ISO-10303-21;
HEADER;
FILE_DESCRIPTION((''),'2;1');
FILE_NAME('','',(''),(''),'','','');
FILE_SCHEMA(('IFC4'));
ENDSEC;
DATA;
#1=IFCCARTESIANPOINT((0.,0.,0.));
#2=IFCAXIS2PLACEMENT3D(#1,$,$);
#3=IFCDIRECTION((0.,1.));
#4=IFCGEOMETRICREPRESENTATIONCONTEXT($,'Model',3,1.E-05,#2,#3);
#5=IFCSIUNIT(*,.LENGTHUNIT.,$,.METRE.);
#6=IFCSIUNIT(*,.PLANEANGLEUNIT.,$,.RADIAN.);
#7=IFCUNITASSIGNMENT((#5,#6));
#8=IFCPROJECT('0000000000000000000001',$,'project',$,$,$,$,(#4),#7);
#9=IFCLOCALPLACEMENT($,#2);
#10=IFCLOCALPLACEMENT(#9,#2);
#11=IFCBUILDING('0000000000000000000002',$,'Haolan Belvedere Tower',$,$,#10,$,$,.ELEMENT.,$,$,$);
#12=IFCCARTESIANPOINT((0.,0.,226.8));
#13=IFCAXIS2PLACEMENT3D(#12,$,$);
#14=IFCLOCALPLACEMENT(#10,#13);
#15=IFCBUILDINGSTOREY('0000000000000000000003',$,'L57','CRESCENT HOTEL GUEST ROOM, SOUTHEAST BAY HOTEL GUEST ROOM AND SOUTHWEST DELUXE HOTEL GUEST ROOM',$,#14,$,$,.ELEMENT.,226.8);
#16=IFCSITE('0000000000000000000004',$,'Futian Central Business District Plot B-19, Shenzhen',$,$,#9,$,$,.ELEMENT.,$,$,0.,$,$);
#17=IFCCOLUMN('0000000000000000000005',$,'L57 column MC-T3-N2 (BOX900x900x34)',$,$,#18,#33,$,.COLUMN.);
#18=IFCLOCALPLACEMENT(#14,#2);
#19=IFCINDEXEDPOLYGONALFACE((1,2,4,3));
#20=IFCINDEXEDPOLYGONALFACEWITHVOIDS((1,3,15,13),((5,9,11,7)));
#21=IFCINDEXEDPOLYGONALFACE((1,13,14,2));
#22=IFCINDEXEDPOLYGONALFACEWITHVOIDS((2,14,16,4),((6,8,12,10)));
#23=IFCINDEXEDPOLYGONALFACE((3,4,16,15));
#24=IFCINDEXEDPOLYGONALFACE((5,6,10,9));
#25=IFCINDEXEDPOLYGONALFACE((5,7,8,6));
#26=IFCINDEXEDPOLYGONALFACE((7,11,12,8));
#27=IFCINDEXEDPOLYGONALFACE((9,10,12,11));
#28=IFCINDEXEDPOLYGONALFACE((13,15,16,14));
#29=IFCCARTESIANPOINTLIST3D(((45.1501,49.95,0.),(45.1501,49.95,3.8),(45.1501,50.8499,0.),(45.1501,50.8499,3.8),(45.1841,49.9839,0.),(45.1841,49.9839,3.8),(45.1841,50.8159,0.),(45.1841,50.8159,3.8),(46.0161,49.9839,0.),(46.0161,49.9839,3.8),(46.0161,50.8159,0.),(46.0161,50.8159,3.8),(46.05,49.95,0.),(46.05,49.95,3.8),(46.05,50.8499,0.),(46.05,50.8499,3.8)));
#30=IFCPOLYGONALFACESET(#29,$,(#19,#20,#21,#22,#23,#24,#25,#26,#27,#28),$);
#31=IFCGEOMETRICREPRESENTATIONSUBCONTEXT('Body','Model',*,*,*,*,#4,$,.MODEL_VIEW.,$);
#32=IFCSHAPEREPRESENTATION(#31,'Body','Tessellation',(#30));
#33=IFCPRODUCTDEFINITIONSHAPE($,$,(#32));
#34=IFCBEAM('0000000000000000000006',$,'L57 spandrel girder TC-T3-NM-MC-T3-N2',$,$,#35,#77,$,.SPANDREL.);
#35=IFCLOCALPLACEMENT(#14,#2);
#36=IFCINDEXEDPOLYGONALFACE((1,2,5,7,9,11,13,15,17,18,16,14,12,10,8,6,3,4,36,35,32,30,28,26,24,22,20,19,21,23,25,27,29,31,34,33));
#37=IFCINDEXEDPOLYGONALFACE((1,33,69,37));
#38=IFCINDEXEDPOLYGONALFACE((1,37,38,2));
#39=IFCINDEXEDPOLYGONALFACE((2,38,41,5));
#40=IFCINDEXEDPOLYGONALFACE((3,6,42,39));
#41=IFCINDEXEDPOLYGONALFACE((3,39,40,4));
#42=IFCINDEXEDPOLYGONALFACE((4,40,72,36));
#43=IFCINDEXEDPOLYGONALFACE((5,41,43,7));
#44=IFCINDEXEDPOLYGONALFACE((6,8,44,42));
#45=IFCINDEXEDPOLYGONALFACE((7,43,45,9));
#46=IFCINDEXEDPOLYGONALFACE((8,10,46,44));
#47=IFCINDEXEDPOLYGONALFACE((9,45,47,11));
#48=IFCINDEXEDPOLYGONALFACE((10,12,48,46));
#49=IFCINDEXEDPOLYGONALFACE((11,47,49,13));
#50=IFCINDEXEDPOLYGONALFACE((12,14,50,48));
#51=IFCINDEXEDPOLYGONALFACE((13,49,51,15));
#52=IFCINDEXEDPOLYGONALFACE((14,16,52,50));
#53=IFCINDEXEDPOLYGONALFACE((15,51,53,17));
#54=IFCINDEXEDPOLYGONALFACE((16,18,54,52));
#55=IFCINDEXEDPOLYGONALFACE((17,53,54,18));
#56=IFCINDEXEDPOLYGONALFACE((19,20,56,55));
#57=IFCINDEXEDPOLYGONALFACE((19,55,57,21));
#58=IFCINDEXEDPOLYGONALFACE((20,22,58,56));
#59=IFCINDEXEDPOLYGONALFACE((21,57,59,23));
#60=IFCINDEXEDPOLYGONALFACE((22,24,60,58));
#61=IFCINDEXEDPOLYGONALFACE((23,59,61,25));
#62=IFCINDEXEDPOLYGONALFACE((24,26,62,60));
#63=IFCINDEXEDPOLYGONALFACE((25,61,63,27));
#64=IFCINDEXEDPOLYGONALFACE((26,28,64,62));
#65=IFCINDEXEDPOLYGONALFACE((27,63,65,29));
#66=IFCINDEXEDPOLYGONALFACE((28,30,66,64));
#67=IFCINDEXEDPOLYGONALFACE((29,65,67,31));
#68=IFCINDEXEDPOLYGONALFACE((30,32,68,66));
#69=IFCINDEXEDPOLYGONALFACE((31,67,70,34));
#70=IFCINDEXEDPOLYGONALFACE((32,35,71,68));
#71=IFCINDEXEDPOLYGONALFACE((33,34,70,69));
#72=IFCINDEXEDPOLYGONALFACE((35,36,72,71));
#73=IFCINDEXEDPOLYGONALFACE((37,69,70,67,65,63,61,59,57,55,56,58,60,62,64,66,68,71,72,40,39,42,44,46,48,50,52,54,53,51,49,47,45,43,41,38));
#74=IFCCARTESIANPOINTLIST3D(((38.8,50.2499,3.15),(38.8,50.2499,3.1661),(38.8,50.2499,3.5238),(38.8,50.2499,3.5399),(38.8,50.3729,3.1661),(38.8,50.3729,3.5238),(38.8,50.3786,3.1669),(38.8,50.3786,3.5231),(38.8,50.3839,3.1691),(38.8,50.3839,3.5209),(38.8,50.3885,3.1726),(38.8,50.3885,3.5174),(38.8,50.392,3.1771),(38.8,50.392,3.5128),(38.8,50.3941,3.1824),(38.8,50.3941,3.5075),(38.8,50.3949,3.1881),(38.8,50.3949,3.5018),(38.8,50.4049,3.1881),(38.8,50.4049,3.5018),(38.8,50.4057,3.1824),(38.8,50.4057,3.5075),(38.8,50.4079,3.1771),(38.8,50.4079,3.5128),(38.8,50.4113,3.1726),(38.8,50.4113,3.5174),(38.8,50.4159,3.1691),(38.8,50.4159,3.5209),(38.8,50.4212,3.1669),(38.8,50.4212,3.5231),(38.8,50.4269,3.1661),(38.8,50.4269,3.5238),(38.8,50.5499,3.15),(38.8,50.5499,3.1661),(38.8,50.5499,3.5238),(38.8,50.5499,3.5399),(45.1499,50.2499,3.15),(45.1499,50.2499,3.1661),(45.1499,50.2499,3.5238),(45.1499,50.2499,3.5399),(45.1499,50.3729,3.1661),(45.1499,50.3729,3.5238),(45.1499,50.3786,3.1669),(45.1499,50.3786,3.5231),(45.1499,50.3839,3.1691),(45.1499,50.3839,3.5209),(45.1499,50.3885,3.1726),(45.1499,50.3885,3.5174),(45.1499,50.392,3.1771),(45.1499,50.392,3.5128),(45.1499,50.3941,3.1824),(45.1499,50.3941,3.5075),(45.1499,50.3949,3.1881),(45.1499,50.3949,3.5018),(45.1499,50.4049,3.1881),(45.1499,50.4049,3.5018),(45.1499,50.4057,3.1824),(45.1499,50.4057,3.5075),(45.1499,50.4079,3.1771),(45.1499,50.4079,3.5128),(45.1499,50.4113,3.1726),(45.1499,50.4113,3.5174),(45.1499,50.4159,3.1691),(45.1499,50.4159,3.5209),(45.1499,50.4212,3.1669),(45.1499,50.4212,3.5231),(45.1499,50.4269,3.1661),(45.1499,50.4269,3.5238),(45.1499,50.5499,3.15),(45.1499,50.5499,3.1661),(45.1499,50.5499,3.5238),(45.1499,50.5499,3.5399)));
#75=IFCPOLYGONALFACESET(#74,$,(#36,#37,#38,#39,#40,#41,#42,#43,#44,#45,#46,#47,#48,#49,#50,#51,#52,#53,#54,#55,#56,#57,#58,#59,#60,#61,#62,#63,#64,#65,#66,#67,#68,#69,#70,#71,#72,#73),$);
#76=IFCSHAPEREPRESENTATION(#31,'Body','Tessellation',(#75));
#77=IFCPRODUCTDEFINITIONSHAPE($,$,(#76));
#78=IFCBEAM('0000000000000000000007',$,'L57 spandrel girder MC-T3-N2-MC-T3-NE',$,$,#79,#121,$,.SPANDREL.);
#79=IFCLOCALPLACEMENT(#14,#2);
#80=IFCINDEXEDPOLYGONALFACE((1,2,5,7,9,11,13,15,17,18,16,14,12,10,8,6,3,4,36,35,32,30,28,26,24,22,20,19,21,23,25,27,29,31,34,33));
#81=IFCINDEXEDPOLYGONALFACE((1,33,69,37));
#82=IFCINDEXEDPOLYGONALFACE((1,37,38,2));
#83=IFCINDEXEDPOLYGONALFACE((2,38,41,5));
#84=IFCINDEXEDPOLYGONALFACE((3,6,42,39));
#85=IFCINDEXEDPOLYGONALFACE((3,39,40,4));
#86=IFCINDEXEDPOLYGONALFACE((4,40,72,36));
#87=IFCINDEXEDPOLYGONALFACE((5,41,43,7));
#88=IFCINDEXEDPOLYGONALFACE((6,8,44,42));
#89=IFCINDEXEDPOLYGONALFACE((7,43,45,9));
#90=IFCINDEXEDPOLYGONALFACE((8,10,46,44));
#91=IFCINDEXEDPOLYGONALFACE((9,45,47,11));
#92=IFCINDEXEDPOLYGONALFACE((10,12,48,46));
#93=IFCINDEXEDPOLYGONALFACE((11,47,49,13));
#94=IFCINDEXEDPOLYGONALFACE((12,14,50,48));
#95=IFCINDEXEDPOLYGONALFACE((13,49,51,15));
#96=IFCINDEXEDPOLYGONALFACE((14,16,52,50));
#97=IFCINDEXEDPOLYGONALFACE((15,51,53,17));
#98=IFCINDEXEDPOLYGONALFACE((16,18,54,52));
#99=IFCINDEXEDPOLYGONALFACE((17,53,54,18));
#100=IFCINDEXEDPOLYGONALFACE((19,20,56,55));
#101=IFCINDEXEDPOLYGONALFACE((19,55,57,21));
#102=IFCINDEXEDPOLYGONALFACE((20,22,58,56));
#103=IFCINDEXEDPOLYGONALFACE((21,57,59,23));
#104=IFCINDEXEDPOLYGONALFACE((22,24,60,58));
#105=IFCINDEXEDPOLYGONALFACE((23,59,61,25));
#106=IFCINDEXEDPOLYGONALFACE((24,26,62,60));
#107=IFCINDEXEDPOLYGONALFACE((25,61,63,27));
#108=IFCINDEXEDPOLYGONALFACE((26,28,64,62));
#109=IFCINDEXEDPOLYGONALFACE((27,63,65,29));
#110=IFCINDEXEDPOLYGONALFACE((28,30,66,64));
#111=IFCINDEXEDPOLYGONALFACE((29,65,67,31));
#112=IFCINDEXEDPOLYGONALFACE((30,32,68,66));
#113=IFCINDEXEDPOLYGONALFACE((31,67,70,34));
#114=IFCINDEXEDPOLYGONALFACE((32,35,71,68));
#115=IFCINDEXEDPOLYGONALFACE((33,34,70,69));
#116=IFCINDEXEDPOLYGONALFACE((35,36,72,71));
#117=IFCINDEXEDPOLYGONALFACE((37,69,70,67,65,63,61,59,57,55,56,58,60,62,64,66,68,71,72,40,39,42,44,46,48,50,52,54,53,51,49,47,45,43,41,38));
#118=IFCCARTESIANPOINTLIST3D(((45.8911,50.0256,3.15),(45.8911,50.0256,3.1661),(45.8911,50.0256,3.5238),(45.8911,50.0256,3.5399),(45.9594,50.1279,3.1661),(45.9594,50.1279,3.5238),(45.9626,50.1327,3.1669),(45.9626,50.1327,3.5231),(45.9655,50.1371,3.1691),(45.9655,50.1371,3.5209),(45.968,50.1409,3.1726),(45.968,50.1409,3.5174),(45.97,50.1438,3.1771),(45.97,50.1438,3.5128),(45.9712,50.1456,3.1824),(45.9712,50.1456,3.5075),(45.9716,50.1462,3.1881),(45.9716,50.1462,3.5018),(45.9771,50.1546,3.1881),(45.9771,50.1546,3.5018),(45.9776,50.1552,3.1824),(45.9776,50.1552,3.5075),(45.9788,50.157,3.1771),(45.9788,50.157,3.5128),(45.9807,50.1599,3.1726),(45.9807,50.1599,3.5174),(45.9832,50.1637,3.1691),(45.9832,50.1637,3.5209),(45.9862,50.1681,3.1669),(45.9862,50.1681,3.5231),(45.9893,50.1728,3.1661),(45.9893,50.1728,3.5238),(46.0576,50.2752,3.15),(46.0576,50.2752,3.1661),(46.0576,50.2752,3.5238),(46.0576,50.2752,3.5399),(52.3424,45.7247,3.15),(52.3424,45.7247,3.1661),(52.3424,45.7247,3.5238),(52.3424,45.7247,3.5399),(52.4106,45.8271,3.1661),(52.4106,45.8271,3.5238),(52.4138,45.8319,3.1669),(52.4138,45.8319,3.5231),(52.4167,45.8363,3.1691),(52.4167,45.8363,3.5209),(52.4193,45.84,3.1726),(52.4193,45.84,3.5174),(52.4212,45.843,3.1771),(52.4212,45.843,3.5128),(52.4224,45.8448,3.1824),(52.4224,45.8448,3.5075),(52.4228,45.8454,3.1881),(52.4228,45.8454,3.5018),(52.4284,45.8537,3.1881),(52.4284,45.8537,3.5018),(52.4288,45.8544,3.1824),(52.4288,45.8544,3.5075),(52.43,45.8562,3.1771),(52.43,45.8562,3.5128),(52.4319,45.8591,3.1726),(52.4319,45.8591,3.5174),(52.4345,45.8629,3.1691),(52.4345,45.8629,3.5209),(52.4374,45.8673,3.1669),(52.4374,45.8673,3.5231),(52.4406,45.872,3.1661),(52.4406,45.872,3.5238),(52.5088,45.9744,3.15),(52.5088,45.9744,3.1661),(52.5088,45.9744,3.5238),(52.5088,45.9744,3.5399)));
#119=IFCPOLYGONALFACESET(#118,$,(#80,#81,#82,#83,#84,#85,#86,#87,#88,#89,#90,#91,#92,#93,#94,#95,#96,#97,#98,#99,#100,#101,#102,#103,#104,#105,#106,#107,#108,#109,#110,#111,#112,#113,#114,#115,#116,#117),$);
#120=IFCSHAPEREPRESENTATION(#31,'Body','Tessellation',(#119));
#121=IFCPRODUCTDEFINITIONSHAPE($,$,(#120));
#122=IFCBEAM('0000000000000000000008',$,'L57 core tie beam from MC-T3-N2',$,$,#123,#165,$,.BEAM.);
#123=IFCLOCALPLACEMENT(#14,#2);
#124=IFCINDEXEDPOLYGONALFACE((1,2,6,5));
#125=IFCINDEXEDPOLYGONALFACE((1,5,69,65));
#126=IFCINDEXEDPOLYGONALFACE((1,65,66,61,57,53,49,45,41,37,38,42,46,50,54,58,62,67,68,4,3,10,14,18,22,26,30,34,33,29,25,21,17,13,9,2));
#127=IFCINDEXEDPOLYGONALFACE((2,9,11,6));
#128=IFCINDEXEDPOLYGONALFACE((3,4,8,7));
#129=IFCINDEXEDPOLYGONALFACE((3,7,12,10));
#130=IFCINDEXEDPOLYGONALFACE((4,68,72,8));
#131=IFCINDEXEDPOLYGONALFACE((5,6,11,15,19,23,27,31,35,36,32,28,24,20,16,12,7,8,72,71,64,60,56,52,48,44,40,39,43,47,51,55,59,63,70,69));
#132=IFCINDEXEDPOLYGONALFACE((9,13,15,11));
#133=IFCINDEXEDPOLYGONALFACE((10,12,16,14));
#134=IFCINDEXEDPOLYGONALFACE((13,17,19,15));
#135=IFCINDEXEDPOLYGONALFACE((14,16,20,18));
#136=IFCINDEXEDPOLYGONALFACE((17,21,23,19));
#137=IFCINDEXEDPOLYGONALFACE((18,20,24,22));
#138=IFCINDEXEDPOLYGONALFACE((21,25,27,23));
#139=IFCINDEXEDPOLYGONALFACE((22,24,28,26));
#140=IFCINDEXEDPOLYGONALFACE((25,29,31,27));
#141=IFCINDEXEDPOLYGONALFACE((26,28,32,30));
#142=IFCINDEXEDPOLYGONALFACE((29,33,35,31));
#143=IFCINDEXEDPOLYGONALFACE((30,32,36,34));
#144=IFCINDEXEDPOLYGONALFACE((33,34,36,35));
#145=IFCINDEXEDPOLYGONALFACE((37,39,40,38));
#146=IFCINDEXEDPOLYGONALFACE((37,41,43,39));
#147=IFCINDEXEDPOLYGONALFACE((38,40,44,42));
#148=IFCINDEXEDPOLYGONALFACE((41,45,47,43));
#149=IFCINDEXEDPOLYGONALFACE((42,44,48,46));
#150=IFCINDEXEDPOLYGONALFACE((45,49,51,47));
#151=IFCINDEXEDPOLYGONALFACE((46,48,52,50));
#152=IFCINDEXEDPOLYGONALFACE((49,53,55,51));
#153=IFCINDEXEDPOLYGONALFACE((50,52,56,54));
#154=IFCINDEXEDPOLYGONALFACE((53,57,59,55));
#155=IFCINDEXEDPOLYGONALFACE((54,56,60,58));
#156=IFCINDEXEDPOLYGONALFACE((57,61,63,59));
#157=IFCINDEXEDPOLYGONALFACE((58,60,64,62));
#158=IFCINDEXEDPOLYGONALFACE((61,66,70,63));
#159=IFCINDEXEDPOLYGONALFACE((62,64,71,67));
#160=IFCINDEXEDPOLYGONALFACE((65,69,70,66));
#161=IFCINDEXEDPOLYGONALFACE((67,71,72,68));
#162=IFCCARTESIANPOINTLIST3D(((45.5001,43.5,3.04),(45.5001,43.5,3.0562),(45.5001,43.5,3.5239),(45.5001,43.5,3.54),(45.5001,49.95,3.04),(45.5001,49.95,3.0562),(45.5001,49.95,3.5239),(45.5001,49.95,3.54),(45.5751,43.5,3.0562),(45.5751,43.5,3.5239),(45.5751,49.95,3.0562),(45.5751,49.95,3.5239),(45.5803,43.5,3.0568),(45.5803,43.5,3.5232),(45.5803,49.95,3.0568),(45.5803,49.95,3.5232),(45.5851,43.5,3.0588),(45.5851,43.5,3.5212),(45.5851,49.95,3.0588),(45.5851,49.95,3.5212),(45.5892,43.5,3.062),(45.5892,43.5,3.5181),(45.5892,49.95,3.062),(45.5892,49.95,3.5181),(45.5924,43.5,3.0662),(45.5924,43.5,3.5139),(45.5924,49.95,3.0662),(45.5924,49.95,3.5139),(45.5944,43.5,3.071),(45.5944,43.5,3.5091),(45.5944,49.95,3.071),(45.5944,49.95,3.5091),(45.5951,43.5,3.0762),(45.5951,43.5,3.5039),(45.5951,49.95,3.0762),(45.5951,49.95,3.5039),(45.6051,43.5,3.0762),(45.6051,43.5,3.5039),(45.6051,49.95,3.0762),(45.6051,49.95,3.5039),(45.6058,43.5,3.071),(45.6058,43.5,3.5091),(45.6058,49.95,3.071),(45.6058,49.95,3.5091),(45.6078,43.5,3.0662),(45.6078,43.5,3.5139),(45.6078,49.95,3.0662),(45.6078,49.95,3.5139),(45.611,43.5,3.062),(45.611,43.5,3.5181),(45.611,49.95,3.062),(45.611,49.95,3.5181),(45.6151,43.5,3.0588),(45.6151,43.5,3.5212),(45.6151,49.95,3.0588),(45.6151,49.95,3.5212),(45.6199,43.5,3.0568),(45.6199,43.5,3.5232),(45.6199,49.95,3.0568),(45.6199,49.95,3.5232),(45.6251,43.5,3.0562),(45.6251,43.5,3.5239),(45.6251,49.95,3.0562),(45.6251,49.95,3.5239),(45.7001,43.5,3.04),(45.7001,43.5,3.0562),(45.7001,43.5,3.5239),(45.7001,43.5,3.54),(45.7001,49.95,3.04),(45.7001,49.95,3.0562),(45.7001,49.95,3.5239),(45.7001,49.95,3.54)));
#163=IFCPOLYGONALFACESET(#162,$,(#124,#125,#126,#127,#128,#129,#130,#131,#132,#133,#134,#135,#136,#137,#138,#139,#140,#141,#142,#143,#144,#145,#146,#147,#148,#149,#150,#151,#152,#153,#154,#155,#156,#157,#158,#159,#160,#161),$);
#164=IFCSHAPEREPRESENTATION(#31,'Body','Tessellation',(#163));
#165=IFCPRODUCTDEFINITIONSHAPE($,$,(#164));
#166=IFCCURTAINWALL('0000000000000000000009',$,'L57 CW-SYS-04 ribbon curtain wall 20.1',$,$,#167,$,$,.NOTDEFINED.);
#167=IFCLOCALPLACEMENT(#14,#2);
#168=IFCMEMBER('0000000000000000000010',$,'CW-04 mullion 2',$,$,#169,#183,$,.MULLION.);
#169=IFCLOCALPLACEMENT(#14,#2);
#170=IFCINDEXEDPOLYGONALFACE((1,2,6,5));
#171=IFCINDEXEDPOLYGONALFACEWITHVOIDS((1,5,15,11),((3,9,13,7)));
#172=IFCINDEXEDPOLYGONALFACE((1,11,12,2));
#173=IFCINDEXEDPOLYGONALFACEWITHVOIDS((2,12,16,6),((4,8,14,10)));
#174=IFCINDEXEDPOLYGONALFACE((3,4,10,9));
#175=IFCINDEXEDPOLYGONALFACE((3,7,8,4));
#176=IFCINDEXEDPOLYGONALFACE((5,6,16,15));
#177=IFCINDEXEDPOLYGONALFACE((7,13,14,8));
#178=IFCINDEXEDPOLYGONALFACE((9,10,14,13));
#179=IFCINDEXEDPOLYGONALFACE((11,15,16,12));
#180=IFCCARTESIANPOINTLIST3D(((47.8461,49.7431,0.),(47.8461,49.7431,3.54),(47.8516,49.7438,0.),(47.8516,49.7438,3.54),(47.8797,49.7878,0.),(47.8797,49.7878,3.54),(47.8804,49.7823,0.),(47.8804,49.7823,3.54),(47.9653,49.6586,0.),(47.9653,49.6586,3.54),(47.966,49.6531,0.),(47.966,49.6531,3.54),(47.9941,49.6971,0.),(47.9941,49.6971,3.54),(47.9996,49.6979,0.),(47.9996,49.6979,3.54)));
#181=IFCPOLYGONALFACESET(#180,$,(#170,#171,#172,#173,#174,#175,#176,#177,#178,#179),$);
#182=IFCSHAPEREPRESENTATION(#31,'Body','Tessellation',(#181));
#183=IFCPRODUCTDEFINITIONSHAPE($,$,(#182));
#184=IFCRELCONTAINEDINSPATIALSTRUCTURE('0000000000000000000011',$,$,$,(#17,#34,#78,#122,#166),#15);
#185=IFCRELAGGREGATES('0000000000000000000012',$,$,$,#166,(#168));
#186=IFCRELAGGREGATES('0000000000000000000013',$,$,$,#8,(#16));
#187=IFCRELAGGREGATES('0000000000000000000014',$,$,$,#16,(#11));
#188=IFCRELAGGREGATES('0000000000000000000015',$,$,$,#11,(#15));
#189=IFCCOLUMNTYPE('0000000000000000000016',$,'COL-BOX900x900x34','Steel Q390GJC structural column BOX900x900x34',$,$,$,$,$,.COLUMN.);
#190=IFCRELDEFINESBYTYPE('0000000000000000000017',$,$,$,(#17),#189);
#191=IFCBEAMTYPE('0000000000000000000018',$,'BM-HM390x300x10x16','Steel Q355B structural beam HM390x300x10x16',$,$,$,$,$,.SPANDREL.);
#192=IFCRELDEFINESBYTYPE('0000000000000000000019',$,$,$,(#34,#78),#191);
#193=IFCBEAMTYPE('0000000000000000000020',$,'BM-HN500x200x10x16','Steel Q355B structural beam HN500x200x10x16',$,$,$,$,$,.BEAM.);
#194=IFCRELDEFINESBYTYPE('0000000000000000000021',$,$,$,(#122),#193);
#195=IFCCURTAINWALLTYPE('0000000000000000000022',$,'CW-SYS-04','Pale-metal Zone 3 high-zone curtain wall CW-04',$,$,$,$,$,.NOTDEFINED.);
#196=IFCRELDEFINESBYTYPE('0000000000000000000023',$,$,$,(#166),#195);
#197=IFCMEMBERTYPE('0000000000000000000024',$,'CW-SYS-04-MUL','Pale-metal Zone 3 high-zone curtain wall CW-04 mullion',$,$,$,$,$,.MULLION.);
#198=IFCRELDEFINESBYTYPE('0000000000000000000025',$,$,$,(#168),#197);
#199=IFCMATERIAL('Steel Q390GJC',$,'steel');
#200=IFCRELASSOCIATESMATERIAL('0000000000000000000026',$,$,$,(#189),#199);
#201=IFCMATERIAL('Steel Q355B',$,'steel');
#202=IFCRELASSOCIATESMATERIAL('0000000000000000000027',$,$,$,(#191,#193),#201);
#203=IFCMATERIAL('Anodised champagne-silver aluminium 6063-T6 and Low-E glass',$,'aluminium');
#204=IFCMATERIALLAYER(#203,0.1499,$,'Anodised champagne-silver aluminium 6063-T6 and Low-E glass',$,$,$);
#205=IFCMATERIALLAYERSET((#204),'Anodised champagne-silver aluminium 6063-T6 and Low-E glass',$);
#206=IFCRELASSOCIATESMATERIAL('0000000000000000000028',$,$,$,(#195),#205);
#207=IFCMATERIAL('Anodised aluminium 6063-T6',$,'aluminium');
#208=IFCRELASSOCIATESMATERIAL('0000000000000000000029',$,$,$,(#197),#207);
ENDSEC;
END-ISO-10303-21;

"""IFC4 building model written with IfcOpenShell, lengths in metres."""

from ifc_helpers import new_model, si_unit, direction, frame, origin, origin_2d, place, context, subcontext, project, spatial, hollow_rectangle, i_section, extrude, material, layer, layer_set, material_profile, profile_set, type_object, element, aggregate, save


model = new_model("IFC4")

# Units and contexts
model_context = context("Model", 3, precision=1e-05, world=origin(), true_north=direction((0.0, 1.0)))
body_context = subcontext(model_context, "Body", "Model", "MODEL_VIEW")
ifc_project = project(units=[si_unit("LENGTHUNIT", "METRE"), si_unit("PLANEANGLEUNIT", "RADIAN")], contexts=[model_context])

# Site, building, storey
site_placement = place(None, origin())
site = spatial("IfcSite", under=ifc_project, at=site_placement, Name="Futian Central Business District Plot B-19, Shenzhen", CompositionType="ELEMENT", RefElevation=0.0)
building_placement = place(site_placement, origin())
building = spatial("IfcBuilding", under=site, at=building_placement, Name="Haolan Belvedere Tower", CompositionType="ELEMENT")
storey_placement = place(building_placement, frame((0.0, 0.0, 226.8)))
storey = spatial("IfcBuildingStorey", under=building, at=storey_placement, Name="L57", Description="CRESCENT HOTEL GUEST ROOM, SOUTHEAST BAY HOTEL GUEST ROOM AND SOUTHWEST DELUXE HOTEL GUEST ROOM", CompositionType="ELEMENT", Elevation=226.8)

# Column
ifc_material_1 = material(Name="Steel Q390GJC", Category="steel")
ifc_material_profile_1 = material_profile(ifc_material_1, hollow_rectangle(XDim=0.8999, YDim=0.8999, WallThickness=0.0339, at=origin_2d()), Name="Steel Q390GJC")
ifc_profile_set_1 = profile_set([ifc_material_profile_1], Name="Steel Q390GJC")
column_type = type_object("IfcColumnType", Name="COL-BOX900x900x34", Description="Steel Q390GJC structural column BOX900x900x34", PredefinedType="COLUMN", material=ifc_profile_set_1)
column_placement = place(storey_placement, frame((45.6001, 50.3999, 0.0), z_axis=(0.0, 0.0, 1.0), x_axis=(1.0, 0.0, 0.0)))
element("IfcColumn", 1, at=column_placement, inside=storey, type_object=column_type, Name="L57 column MC-T3-N2 (BOX900x900x34)", PredefinedType="COLUMN", context=body_context, shape_type="SweptSolid", body=[
    extrude(hollow_rectangle(XDim=0.8999, YDim=0.8999, WallThickness=0.0339, at=origin_2d()), origin(), (0.0, 0.0, 1.0), 3.8),
])

# Beams
ifc_material_2 = material(Name="Steel Q355B", Category="steel")
ifc_material_profile_2 = material_profile(ifc_material_2, i_section(OverallWidth=0.3, OverallDepth=0.3899, WebThickness=0.01, FlangeThickness=0.0161, FilletRadius=0.022, at=origin_2d()), Name="Steel Q355B")
ifc_profile_set_2 = profile_set([ifc_material_profile_2], Name="Steel Q355B")
beam_type_1 = type_object("IfcBeamType", Name="BM-HM390x300x10x16", Description="Steel Q355B structural beam HM390x300x10x16", PredefinedType="SPANDREL", material=ifc_profile_set_2)
beam_1_placement = place(storey_placement, frame((38.8, 50.3999, 3.345), z_axis=(1.0, 0.0, 0.0), x_axis=(0.0, 1.0, 0.0)))
element("IfcBeam", 2, at=beam_1_placement, inside=storey, type_object=beam_type_1, Name="L57 spandrel girder TC-T3-NM-MC-T3-N2", PredefinedType="SPANDREL", context=body_context, shape_type="SweptSolid", body=[
    extrude(i_section(OverallWidth=0.3, OverallDepth=0.3899, WebThickness=0.01, FlangeThickness=0.0161, FilletRadius=0.022, at=origin_2d()), origin(), (0.0, 0.0, 1.0), 6.3499),
])
beam_2_placement = place(storey_placement, frame((45.9744, 50.1504, 3.345), z_axis=(0.83205, -0.5547, 0.0), x_axis=(0.5547, 0.83205, 0.0)))
element("IfcBeam", 3, at=beam_2_placement, inside=storey, type_object=beam_type_1, Name="L57 spandrel girder MC-T3-N2-MC-T3-NE", PredefinedType="SPANDREL", context=body_context, shape_type="SweptSolid", body=[
    extrude(i_section(OverallWidth=0.3, OverallDepth=0.3899, WebThickness=0.01, FlangeThickness=0.0161, FilletRadius=0.022, at=origin_2d()), origin(), (0.0, 0.0, 1.0), 7.7534),
])
ifc_material_profile_3 = material_profile(ifc_material_2, i_section(OverallWidth=0.2, OverallDepth=0.5, WebThickness=0.01, FlangeThickness=0.0161, FilletRadius=0.02, at=origin_2d()), Name="Steel Q355B")
ifc_profile_set_3 = profile_set([ifc_material_profile_3], Name="Steel Q355B")
beam_type_2 = type_object("IfcBeamType", Name="BM-HN500x200x10x16", Description="Steel Q355B structural beam HN500x200x10x16", PredefinedType="BEAM", material=ifc_profile_set_3)
beam_3_placement = place(storey_placement, frame((45.6001, 49.95, 3.29), z_axis=(0.0, -1.0, 0.0), x_axis=(1.0, 0.0, 0.0)))
element("IfcBeam", 4, at=beam_3_placement, inside=storey, type_object=beam_type_2, Name="L57 core tie beam from MC-T3-N2", PredefinedType="BEAM", context=body_context, shape_type="SweptSolid", body=[
    extrude(i_section(OverallWidth=0.2, OverallDepth=0.5, WebThickness=0.01, FlangeThickness=0.0161, FilletRadius=0.02, at=origin_2d()), origin(), (0.0, 0.0, 1.0), 6.45),
])

# Curtain wall, member
ifc_material_3 = material(Name="Anodised champagne-silver aluminium 6063-T6 and Low-E glass", Category="aluminium")
ifc_layer_1 = layer(ifc_material_3, 0.1499, Name="Anodised champagne-silver aluminium 6063-T6 and Low-E glass")
ifc_layer_set_1 = layer_set([ifc_layer_1], Name="Anodised champagne-silver aluminium 6063-T6 and Low-E glass")
curtain_wall_type = type_object("IfcCurtainWallType", Name="CW-SYS-04", Description="Pale-metal Zone 3 high-zone curtain wall CW-04", PredefinedType="NOTDEFINED", material=ifc_layer_set_1)
curtain_wall_1_placement = place(storey_placement, origin())
curtain_wall_1 = element("IfcCurtainWall", 5, at=curtain_wall_1_placement, inside=storey, type_object=curtain_wall_type, Name="L57 CW-SYS-04 ribbon curtain wall 20.1", PredefinedType="NOTDEFINED")
ifc_material_4 = material(Name="Anodised aluminium 6063-T6", Category="aluminium")
ifc_material_profile_4 = material_profile(ifc_material_4, hollow_rectangle(XDim=0.0559, YDim=0.1499, WallThickness=0.0039, at=origin_2d()), Name="Anodised aluminium 6063-T6")
ifc_profile_set_4 = profile_set([ifc_material_profile_4], Name="Anodised aluminium 6063-T6")
member_type_1 = type_object("IfcMemberType", Name="CW-SYS-04-MUL", Description="Pale-metal Zone 3 high-zone curtain wall CW-04 mullion", PredefinedType="MULLION", material=ifc_profile_set_4)
member_1_placement = place(storey_placement, frame((47.9229, 49.7205, 0.0), z_axis=(0.0, 0.0, 1.0), x_axis=(-0.600003, -0.799998, 0.0)))
member_1 = element("IfcMember", 6, at=member_1_placement, type_object=member_type_1, Name="CW-04 mullion 2", PredefinedType="MULLION", context=body_context, shape_type="SweptSolid", body=[
    extrude(hollow_rectangle(XDim=0.0559, YDim=0.1499, WallThickness=0.0039, at=origin_2d()), origin(), (0.0, 0.0, 1.0), 3.54),
])

aggregate(curtain_wall_1, [member_1])

save(model, "model.ifc")
